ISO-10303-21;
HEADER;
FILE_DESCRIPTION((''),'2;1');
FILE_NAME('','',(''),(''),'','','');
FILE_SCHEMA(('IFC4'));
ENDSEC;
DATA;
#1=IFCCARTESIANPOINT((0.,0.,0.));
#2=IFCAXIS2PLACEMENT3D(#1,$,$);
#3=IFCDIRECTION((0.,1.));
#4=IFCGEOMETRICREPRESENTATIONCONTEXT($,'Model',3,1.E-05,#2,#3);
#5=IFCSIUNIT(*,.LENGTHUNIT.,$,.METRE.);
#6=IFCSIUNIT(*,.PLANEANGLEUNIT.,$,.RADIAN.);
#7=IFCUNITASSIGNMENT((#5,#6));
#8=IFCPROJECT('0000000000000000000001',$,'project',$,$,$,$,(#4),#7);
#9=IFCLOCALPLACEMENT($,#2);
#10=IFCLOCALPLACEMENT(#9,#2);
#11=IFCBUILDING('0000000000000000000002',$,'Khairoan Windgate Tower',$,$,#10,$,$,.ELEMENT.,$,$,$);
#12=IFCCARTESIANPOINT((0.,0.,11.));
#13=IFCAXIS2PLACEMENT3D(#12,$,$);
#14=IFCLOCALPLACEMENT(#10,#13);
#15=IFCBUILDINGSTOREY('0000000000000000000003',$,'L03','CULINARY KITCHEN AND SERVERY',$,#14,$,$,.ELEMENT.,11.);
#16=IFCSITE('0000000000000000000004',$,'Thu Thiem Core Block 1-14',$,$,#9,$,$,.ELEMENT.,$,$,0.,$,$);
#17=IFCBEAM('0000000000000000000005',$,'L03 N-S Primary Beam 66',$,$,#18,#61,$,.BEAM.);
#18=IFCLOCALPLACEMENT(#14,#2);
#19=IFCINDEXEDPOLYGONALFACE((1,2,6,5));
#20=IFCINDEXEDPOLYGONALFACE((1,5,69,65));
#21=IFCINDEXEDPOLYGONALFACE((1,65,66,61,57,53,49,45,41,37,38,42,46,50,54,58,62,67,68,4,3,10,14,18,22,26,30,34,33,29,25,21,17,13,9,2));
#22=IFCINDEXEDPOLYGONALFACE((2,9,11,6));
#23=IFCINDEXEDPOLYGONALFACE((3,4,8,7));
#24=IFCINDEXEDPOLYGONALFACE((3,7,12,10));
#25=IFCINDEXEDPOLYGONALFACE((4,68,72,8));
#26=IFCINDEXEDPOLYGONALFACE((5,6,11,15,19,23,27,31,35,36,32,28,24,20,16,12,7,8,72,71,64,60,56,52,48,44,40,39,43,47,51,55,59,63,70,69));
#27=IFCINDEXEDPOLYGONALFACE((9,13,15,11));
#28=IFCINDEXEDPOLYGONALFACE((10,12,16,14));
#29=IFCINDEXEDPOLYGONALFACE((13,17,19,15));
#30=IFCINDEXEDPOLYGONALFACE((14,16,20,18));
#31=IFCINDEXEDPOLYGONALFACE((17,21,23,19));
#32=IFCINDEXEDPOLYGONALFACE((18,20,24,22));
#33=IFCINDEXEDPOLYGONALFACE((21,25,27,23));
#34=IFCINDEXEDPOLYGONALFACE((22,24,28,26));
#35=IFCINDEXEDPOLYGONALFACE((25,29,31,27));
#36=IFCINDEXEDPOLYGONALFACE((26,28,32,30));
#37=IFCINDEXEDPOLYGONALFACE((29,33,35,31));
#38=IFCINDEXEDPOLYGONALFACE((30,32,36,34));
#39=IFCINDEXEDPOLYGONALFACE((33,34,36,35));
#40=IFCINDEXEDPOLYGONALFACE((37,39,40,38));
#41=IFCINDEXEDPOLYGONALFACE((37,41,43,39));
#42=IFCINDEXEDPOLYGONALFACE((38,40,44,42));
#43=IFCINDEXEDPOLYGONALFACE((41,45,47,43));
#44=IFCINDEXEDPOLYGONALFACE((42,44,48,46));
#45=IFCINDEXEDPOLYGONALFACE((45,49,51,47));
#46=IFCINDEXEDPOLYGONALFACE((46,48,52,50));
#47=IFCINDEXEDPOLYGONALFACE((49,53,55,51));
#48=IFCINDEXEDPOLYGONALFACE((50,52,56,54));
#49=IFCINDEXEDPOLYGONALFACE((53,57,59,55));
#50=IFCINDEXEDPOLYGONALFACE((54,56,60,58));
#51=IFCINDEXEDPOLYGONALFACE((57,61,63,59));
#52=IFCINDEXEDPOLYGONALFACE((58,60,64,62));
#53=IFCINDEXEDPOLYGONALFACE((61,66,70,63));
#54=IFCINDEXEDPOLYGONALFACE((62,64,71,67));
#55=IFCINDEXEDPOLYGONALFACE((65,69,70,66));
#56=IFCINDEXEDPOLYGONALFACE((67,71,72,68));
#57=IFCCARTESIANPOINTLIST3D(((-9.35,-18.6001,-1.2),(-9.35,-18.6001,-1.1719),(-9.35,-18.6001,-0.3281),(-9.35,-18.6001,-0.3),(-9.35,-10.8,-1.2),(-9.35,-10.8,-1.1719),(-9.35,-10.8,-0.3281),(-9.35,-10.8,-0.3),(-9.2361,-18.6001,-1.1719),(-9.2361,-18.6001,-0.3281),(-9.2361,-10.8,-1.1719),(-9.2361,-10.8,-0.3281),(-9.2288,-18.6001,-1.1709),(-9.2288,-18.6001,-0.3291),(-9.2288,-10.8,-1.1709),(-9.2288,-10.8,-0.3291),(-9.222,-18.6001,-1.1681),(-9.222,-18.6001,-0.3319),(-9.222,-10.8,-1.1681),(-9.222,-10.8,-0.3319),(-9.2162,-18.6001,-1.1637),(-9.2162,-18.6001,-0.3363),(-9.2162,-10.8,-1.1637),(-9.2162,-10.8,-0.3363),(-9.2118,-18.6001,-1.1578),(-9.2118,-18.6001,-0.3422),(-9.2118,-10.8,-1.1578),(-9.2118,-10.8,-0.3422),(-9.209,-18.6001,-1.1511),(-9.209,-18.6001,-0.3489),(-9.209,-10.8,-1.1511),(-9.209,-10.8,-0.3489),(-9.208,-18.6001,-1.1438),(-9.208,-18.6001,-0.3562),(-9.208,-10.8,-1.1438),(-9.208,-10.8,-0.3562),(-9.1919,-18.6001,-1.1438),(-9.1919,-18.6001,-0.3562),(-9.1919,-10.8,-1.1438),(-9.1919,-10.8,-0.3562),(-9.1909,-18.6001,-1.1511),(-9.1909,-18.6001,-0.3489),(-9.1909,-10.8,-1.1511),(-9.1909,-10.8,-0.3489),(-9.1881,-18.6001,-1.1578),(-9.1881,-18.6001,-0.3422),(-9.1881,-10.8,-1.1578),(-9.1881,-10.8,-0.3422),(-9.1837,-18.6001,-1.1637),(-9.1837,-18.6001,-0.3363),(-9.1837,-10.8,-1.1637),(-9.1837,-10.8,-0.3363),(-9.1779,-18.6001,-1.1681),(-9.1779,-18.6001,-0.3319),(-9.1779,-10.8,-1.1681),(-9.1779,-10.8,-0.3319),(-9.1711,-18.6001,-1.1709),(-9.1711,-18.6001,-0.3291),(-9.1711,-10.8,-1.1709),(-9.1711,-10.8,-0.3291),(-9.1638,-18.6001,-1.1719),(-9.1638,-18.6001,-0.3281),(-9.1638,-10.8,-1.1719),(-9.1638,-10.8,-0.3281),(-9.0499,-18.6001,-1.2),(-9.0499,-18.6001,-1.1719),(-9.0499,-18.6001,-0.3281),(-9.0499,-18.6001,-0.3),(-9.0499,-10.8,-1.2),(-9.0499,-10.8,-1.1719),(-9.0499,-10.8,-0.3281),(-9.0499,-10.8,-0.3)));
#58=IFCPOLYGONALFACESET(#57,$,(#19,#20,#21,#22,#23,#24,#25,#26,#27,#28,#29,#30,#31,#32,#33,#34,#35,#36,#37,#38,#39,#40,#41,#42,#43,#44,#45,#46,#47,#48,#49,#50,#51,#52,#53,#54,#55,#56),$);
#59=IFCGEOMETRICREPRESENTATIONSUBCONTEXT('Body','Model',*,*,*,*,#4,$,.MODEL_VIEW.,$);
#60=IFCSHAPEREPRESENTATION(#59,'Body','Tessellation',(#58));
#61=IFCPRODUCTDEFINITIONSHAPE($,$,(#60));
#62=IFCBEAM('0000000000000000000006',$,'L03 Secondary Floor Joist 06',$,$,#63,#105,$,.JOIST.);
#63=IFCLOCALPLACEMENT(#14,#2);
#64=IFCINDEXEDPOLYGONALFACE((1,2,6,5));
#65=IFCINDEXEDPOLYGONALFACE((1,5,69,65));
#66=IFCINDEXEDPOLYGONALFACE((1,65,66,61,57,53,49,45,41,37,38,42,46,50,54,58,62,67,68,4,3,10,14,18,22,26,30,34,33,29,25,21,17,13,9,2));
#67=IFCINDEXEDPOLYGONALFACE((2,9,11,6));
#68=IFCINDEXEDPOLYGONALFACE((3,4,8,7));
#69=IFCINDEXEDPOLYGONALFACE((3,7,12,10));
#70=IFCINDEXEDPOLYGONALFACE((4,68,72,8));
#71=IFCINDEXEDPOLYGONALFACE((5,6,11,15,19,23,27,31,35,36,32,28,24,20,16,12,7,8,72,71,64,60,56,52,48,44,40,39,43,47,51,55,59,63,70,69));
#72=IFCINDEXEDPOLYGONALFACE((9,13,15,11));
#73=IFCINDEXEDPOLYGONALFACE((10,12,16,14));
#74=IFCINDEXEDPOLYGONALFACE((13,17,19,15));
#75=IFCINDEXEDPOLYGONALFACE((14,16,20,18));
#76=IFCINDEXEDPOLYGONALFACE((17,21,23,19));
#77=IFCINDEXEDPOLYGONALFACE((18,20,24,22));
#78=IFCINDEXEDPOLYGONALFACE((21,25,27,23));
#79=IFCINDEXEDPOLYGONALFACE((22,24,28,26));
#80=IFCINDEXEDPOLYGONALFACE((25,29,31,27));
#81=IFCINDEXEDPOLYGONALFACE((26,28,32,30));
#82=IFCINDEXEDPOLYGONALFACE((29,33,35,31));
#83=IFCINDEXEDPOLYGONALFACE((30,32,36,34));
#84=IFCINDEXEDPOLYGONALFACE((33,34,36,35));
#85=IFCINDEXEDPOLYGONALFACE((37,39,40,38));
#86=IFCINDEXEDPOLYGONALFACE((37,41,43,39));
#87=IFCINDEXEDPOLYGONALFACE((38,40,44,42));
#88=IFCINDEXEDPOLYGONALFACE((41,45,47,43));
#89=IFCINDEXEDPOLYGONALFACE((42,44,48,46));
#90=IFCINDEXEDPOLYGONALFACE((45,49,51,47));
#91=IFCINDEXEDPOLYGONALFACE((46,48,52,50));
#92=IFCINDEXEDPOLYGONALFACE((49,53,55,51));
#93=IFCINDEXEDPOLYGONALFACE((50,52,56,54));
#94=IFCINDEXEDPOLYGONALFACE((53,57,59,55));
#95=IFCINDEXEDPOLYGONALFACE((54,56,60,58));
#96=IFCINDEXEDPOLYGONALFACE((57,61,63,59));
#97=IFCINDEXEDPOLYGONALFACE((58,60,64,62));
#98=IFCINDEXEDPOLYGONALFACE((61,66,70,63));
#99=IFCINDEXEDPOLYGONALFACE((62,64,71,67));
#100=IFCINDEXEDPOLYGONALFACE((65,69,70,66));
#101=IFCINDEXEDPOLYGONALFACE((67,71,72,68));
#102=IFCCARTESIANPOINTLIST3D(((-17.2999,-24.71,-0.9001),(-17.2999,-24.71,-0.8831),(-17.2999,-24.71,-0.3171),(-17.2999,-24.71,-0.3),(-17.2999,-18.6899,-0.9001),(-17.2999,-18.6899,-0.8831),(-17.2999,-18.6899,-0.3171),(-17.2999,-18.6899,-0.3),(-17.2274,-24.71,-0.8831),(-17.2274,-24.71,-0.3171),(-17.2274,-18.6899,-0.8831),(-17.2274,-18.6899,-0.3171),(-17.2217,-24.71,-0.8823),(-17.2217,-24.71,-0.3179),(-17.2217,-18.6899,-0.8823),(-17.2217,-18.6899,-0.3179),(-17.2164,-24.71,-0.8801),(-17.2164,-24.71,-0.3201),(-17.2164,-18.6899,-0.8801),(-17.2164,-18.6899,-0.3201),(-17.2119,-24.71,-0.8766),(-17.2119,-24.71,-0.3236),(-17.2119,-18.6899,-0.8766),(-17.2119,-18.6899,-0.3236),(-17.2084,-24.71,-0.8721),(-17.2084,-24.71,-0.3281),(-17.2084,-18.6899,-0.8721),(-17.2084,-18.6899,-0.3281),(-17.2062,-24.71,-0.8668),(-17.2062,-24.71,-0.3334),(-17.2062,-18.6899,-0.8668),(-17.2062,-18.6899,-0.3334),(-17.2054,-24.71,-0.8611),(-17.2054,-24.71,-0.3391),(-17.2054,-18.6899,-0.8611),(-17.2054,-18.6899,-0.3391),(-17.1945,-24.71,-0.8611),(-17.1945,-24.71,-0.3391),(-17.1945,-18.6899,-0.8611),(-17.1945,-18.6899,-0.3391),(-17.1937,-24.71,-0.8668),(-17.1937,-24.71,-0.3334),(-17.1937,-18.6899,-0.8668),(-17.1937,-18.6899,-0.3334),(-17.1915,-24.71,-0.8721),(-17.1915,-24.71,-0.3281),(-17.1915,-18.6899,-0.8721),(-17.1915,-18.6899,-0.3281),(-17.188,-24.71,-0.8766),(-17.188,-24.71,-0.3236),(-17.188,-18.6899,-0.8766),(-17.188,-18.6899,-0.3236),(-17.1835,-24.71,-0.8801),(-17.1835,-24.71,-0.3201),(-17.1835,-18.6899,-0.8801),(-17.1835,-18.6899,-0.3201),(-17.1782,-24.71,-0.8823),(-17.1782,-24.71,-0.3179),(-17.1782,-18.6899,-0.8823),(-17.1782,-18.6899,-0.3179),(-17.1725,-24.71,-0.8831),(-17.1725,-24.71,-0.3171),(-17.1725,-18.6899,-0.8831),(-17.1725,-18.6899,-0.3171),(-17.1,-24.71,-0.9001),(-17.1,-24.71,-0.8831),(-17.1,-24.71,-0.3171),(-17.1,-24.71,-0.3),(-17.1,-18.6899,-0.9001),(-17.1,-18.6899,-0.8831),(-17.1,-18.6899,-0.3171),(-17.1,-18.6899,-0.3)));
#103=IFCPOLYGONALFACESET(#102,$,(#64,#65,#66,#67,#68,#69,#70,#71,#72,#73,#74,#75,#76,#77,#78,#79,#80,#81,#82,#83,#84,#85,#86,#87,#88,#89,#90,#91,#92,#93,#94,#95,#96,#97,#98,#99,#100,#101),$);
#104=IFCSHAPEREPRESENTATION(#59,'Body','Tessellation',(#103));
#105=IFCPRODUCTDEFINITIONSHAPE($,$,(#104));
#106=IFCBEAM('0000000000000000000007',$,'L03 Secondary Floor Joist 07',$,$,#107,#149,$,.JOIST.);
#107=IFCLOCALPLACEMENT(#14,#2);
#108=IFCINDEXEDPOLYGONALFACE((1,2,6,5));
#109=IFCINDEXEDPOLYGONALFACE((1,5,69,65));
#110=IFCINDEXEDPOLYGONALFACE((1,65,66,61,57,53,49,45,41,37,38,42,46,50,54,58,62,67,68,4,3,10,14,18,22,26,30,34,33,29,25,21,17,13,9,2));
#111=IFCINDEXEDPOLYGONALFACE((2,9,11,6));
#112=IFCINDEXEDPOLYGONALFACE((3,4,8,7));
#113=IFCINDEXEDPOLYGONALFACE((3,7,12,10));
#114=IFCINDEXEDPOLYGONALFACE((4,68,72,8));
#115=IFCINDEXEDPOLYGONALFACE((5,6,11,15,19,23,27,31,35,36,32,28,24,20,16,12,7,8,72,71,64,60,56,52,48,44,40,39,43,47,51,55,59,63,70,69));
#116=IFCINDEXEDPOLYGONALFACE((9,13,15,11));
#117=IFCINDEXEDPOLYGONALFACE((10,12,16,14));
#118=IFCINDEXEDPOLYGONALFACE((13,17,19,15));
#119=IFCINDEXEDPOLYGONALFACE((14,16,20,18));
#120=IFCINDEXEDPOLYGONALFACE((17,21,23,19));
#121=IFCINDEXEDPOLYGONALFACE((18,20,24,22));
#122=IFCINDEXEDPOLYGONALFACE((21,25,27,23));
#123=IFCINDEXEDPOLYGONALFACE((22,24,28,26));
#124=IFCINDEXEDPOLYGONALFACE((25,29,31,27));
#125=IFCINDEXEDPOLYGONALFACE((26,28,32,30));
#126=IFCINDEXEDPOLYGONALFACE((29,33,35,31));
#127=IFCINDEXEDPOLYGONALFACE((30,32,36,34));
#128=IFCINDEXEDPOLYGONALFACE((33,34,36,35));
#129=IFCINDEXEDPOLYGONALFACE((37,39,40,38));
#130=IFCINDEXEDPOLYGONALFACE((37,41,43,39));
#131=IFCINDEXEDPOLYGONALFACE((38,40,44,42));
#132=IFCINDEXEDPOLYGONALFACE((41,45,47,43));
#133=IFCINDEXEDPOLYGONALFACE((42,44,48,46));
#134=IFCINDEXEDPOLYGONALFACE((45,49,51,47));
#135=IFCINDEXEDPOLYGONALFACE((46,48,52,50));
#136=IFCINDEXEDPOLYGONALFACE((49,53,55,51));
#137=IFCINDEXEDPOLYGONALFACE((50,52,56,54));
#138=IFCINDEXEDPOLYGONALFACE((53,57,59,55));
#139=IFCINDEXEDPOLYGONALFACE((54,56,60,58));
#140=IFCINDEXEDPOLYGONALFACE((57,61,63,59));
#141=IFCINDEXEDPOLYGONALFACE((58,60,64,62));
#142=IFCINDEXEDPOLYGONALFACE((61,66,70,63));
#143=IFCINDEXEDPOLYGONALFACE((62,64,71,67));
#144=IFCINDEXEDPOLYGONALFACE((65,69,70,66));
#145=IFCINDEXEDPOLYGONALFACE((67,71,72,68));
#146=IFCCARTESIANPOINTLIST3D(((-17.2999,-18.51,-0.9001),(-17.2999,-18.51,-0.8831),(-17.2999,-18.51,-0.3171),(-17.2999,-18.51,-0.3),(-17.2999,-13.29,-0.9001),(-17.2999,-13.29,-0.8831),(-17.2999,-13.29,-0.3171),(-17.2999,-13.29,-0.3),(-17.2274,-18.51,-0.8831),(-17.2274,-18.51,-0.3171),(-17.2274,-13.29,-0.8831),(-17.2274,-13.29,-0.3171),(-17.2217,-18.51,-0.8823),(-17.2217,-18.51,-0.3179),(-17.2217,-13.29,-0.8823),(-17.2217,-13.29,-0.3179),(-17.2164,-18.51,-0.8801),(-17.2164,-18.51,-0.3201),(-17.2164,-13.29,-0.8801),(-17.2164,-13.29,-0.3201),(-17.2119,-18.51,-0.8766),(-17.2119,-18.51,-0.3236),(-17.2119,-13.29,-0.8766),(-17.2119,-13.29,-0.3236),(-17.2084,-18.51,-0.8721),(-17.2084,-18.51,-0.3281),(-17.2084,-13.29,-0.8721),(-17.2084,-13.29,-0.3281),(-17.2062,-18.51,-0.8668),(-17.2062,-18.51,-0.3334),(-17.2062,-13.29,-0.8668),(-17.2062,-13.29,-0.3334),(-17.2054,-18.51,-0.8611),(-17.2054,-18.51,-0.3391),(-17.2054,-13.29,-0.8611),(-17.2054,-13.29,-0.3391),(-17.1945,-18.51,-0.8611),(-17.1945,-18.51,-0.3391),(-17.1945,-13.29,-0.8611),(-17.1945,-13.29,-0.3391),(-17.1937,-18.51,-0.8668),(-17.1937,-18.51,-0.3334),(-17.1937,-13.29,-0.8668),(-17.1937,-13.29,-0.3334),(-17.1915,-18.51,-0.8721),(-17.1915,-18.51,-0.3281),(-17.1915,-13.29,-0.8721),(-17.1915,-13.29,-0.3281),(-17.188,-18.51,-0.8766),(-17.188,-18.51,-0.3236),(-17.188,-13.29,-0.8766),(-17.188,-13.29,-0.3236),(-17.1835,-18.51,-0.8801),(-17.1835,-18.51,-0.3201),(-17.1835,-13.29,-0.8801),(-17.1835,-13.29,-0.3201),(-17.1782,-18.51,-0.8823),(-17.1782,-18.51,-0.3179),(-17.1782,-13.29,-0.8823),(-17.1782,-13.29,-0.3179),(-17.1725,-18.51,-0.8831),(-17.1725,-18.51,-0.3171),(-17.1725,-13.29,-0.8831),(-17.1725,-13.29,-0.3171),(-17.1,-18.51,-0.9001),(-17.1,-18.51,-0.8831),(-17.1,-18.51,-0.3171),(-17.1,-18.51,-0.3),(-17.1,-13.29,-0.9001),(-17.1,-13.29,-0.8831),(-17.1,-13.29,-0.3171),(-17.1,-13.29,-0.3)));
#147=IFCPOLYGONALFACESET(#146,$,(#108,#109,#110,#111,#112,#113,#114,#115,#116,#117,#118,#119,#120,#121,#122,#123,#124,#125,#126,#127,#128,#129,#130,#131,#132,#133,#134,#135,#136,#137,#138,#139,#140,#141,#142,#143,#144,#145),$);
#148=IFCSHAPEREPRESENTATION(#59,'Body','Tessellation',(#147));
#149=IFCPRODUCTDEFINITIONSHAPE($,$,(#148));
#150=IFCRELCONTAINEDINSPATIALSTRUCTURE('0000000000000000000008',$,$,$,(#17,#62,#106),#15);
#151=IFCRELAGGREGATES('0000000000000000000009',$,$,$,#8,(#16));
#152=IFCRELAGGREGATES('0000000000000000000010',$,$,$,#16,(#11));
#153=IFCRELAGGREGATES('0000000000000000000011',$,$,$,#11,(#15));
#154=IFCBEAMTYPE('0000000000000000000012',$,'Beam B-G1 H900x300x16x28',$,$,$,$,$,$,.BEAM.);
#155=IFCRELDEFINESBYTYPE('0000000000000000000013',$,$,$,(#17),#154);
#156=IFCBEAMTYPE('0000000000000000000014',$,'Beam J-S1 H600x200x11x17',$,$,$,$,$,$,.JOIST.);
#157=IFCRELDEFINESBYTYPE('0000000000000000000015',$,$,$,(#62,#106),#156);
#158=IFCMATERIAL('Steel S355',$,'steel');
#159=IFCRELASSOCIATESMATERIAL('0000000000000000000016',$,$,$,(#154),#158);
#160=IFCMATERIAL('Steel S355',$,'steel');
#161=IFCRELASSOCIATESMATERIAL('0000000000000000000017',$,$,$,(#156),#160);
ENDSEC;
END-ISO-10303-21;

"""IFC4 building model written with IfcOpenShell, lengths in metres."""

from ifc_helpers import new_model, si_unit, direction, frame, origin, origin_2d, place, context, subcontext, project, spatial, i_section, extrude, material, material_profile, profile_set, type_object, element, save


model = new_model("IFC4")

# Units and contexts
model_context = context("Model", 3, precision=1e-05, world=origin(), true_north=direction((0.0, 1.0)))
body_context = subcontext(model_context, "Body", "Model", "MODEL_VIEW")
ifc_project = project(units=[si_unit("LENGTHUNIT", "METRE"), si_unit("PLANEANGLEUNIT", "RADIAN")], contexts=[model_context])

# Site, building, storey
site_placement = place(None, origin())
site = spatial("IfcSite", under=ifc_project, at=site_placement, Name="Thu Thiem Core Block 1-14", CompositionType="ELEMENT", RefElevation=0.0)
building_placement = place(site_placement, origin())
building = spatial("IfcBuilding", under=site, at=building_placement, Name="Khairoan Windgate Tower", CompositionType="ELEMENT")
storey_placement = place(building_placement, frame((0.0, 0.0, 11.0)))
storey = spatial("IfcBuildingStorey", under=building, at=storey_placement, Name="L03", Description="CULINARY KITCHEN AND SERVERY", CompositionType="ELEMENT", Elevation=11.0)

# Beams
ifc_material_1 = material(Name="Steel S355", Category="steel")
ifc_material_profile_1 = material_profile(ifc_material_1, i_section(OverallWidth=0.3, OverallDepth=0.8999, WebThickness=0.0161, FlangeThickness=0.0281, FilletRadius=0.0281, at=origin_2d()))
ifc_profile_set_1 = profile_set([ifc_material_profile_1], Name="Steel S355")
beam_type_1 = type_object("IfcBeamType", Name="Beam B-G1 H900x300x16x28", PredefinedType="BEAM", material=ifc_profile_set_1)
beam_1_placement = place(storey_placement, frame((-9.2, -18.6001, -0.75), z_axis=(0.0, 1.0, 0.0), x_axis=(-1.0, 0.0, 0.0)))
element("IfcBeam", 1, at=beam_1_placement, inside=storey, type_object=beam_type_1, Name="L03 N-S Primary Beam 66", PredefinedType="BEAM", context=body_context, shape_type="SweptSolid", body=[
    extrude(i_section(OverallWidth=0.3, OverallDepth=0.8999, WebThickness=0.0161, FlangeThickness=0.0281, FilletRadius=0.0281, at=origin_2d()), origin(), (0.0, 0.0, 1.0), 7.8),
])
ifc_material_2 = material(Name="Steel S355", Category="steel")
ifc_material_profile_2 = material_profile(ifc_material_2, i_section(OverallWidth=0.2, OverallDepth=0.6001, WebThickness=0.011, FlangeThickness=0.0171, FilletRadius=0.022, at=origin_2d()))
ifc_profile_set_2 = profile_set([ifc_material_profile_2], Name="Steel S355")
beam_type_2 = type_object("IfcBeamType", Name="Beam J-S1 H600x200x11x17", PredefinedType="JOIST", material=ifc_profile_set_2)
beam_2_placement = place(storey_placement, frame((-17.2, -24.71, -0.6001), z_axis=(0.0, 1.0, 0.0), x_axis=(-1.0, 0.0, 0.0)))
element("IfcBeam", 2, at=beam_2_placement, inside=storey, type_object=beam_type_2, Name="L03 Secondary Floor Joist 06", PredefinedType="JOIST", context=body_context, shape_type="SweptSolid", body=[
    extrude(i_section(OverallWidth=0.2, OverallDepth=0.6001, WebThickness=0.011, FlangeThickness=0.0171, FilletRadius=0.022, at=origin_2d()), origin(), (0.0, 0.0, 1.0), 6.02),
])
beam_3_placement = place(storey_placement, frame((-17.2, -18.51, -0.6001), z_axis=(0.0, 1.0, 0.0), x_axis=(-1.0, 0.0, 0.0)))
element("IfcBeam", 3, at=beam_3_placement, inside=storey, type_object=beam_type_2, Name="L03 Secondary Floor Joist 07", PredefinedType="JOIST", context=body_context, shape_type="SweptSolid", body=[
    extrude(i_section(OverallWidth=0.2, OverallDepth=0.6001, WebThickness=0.011, FlangeThickness=0.0171, FilletRadius=0.022, at=origin_2d()), origin(), (0.0, 0.0, 1.0), 5.22),
])

save(model, "model.ifc")
